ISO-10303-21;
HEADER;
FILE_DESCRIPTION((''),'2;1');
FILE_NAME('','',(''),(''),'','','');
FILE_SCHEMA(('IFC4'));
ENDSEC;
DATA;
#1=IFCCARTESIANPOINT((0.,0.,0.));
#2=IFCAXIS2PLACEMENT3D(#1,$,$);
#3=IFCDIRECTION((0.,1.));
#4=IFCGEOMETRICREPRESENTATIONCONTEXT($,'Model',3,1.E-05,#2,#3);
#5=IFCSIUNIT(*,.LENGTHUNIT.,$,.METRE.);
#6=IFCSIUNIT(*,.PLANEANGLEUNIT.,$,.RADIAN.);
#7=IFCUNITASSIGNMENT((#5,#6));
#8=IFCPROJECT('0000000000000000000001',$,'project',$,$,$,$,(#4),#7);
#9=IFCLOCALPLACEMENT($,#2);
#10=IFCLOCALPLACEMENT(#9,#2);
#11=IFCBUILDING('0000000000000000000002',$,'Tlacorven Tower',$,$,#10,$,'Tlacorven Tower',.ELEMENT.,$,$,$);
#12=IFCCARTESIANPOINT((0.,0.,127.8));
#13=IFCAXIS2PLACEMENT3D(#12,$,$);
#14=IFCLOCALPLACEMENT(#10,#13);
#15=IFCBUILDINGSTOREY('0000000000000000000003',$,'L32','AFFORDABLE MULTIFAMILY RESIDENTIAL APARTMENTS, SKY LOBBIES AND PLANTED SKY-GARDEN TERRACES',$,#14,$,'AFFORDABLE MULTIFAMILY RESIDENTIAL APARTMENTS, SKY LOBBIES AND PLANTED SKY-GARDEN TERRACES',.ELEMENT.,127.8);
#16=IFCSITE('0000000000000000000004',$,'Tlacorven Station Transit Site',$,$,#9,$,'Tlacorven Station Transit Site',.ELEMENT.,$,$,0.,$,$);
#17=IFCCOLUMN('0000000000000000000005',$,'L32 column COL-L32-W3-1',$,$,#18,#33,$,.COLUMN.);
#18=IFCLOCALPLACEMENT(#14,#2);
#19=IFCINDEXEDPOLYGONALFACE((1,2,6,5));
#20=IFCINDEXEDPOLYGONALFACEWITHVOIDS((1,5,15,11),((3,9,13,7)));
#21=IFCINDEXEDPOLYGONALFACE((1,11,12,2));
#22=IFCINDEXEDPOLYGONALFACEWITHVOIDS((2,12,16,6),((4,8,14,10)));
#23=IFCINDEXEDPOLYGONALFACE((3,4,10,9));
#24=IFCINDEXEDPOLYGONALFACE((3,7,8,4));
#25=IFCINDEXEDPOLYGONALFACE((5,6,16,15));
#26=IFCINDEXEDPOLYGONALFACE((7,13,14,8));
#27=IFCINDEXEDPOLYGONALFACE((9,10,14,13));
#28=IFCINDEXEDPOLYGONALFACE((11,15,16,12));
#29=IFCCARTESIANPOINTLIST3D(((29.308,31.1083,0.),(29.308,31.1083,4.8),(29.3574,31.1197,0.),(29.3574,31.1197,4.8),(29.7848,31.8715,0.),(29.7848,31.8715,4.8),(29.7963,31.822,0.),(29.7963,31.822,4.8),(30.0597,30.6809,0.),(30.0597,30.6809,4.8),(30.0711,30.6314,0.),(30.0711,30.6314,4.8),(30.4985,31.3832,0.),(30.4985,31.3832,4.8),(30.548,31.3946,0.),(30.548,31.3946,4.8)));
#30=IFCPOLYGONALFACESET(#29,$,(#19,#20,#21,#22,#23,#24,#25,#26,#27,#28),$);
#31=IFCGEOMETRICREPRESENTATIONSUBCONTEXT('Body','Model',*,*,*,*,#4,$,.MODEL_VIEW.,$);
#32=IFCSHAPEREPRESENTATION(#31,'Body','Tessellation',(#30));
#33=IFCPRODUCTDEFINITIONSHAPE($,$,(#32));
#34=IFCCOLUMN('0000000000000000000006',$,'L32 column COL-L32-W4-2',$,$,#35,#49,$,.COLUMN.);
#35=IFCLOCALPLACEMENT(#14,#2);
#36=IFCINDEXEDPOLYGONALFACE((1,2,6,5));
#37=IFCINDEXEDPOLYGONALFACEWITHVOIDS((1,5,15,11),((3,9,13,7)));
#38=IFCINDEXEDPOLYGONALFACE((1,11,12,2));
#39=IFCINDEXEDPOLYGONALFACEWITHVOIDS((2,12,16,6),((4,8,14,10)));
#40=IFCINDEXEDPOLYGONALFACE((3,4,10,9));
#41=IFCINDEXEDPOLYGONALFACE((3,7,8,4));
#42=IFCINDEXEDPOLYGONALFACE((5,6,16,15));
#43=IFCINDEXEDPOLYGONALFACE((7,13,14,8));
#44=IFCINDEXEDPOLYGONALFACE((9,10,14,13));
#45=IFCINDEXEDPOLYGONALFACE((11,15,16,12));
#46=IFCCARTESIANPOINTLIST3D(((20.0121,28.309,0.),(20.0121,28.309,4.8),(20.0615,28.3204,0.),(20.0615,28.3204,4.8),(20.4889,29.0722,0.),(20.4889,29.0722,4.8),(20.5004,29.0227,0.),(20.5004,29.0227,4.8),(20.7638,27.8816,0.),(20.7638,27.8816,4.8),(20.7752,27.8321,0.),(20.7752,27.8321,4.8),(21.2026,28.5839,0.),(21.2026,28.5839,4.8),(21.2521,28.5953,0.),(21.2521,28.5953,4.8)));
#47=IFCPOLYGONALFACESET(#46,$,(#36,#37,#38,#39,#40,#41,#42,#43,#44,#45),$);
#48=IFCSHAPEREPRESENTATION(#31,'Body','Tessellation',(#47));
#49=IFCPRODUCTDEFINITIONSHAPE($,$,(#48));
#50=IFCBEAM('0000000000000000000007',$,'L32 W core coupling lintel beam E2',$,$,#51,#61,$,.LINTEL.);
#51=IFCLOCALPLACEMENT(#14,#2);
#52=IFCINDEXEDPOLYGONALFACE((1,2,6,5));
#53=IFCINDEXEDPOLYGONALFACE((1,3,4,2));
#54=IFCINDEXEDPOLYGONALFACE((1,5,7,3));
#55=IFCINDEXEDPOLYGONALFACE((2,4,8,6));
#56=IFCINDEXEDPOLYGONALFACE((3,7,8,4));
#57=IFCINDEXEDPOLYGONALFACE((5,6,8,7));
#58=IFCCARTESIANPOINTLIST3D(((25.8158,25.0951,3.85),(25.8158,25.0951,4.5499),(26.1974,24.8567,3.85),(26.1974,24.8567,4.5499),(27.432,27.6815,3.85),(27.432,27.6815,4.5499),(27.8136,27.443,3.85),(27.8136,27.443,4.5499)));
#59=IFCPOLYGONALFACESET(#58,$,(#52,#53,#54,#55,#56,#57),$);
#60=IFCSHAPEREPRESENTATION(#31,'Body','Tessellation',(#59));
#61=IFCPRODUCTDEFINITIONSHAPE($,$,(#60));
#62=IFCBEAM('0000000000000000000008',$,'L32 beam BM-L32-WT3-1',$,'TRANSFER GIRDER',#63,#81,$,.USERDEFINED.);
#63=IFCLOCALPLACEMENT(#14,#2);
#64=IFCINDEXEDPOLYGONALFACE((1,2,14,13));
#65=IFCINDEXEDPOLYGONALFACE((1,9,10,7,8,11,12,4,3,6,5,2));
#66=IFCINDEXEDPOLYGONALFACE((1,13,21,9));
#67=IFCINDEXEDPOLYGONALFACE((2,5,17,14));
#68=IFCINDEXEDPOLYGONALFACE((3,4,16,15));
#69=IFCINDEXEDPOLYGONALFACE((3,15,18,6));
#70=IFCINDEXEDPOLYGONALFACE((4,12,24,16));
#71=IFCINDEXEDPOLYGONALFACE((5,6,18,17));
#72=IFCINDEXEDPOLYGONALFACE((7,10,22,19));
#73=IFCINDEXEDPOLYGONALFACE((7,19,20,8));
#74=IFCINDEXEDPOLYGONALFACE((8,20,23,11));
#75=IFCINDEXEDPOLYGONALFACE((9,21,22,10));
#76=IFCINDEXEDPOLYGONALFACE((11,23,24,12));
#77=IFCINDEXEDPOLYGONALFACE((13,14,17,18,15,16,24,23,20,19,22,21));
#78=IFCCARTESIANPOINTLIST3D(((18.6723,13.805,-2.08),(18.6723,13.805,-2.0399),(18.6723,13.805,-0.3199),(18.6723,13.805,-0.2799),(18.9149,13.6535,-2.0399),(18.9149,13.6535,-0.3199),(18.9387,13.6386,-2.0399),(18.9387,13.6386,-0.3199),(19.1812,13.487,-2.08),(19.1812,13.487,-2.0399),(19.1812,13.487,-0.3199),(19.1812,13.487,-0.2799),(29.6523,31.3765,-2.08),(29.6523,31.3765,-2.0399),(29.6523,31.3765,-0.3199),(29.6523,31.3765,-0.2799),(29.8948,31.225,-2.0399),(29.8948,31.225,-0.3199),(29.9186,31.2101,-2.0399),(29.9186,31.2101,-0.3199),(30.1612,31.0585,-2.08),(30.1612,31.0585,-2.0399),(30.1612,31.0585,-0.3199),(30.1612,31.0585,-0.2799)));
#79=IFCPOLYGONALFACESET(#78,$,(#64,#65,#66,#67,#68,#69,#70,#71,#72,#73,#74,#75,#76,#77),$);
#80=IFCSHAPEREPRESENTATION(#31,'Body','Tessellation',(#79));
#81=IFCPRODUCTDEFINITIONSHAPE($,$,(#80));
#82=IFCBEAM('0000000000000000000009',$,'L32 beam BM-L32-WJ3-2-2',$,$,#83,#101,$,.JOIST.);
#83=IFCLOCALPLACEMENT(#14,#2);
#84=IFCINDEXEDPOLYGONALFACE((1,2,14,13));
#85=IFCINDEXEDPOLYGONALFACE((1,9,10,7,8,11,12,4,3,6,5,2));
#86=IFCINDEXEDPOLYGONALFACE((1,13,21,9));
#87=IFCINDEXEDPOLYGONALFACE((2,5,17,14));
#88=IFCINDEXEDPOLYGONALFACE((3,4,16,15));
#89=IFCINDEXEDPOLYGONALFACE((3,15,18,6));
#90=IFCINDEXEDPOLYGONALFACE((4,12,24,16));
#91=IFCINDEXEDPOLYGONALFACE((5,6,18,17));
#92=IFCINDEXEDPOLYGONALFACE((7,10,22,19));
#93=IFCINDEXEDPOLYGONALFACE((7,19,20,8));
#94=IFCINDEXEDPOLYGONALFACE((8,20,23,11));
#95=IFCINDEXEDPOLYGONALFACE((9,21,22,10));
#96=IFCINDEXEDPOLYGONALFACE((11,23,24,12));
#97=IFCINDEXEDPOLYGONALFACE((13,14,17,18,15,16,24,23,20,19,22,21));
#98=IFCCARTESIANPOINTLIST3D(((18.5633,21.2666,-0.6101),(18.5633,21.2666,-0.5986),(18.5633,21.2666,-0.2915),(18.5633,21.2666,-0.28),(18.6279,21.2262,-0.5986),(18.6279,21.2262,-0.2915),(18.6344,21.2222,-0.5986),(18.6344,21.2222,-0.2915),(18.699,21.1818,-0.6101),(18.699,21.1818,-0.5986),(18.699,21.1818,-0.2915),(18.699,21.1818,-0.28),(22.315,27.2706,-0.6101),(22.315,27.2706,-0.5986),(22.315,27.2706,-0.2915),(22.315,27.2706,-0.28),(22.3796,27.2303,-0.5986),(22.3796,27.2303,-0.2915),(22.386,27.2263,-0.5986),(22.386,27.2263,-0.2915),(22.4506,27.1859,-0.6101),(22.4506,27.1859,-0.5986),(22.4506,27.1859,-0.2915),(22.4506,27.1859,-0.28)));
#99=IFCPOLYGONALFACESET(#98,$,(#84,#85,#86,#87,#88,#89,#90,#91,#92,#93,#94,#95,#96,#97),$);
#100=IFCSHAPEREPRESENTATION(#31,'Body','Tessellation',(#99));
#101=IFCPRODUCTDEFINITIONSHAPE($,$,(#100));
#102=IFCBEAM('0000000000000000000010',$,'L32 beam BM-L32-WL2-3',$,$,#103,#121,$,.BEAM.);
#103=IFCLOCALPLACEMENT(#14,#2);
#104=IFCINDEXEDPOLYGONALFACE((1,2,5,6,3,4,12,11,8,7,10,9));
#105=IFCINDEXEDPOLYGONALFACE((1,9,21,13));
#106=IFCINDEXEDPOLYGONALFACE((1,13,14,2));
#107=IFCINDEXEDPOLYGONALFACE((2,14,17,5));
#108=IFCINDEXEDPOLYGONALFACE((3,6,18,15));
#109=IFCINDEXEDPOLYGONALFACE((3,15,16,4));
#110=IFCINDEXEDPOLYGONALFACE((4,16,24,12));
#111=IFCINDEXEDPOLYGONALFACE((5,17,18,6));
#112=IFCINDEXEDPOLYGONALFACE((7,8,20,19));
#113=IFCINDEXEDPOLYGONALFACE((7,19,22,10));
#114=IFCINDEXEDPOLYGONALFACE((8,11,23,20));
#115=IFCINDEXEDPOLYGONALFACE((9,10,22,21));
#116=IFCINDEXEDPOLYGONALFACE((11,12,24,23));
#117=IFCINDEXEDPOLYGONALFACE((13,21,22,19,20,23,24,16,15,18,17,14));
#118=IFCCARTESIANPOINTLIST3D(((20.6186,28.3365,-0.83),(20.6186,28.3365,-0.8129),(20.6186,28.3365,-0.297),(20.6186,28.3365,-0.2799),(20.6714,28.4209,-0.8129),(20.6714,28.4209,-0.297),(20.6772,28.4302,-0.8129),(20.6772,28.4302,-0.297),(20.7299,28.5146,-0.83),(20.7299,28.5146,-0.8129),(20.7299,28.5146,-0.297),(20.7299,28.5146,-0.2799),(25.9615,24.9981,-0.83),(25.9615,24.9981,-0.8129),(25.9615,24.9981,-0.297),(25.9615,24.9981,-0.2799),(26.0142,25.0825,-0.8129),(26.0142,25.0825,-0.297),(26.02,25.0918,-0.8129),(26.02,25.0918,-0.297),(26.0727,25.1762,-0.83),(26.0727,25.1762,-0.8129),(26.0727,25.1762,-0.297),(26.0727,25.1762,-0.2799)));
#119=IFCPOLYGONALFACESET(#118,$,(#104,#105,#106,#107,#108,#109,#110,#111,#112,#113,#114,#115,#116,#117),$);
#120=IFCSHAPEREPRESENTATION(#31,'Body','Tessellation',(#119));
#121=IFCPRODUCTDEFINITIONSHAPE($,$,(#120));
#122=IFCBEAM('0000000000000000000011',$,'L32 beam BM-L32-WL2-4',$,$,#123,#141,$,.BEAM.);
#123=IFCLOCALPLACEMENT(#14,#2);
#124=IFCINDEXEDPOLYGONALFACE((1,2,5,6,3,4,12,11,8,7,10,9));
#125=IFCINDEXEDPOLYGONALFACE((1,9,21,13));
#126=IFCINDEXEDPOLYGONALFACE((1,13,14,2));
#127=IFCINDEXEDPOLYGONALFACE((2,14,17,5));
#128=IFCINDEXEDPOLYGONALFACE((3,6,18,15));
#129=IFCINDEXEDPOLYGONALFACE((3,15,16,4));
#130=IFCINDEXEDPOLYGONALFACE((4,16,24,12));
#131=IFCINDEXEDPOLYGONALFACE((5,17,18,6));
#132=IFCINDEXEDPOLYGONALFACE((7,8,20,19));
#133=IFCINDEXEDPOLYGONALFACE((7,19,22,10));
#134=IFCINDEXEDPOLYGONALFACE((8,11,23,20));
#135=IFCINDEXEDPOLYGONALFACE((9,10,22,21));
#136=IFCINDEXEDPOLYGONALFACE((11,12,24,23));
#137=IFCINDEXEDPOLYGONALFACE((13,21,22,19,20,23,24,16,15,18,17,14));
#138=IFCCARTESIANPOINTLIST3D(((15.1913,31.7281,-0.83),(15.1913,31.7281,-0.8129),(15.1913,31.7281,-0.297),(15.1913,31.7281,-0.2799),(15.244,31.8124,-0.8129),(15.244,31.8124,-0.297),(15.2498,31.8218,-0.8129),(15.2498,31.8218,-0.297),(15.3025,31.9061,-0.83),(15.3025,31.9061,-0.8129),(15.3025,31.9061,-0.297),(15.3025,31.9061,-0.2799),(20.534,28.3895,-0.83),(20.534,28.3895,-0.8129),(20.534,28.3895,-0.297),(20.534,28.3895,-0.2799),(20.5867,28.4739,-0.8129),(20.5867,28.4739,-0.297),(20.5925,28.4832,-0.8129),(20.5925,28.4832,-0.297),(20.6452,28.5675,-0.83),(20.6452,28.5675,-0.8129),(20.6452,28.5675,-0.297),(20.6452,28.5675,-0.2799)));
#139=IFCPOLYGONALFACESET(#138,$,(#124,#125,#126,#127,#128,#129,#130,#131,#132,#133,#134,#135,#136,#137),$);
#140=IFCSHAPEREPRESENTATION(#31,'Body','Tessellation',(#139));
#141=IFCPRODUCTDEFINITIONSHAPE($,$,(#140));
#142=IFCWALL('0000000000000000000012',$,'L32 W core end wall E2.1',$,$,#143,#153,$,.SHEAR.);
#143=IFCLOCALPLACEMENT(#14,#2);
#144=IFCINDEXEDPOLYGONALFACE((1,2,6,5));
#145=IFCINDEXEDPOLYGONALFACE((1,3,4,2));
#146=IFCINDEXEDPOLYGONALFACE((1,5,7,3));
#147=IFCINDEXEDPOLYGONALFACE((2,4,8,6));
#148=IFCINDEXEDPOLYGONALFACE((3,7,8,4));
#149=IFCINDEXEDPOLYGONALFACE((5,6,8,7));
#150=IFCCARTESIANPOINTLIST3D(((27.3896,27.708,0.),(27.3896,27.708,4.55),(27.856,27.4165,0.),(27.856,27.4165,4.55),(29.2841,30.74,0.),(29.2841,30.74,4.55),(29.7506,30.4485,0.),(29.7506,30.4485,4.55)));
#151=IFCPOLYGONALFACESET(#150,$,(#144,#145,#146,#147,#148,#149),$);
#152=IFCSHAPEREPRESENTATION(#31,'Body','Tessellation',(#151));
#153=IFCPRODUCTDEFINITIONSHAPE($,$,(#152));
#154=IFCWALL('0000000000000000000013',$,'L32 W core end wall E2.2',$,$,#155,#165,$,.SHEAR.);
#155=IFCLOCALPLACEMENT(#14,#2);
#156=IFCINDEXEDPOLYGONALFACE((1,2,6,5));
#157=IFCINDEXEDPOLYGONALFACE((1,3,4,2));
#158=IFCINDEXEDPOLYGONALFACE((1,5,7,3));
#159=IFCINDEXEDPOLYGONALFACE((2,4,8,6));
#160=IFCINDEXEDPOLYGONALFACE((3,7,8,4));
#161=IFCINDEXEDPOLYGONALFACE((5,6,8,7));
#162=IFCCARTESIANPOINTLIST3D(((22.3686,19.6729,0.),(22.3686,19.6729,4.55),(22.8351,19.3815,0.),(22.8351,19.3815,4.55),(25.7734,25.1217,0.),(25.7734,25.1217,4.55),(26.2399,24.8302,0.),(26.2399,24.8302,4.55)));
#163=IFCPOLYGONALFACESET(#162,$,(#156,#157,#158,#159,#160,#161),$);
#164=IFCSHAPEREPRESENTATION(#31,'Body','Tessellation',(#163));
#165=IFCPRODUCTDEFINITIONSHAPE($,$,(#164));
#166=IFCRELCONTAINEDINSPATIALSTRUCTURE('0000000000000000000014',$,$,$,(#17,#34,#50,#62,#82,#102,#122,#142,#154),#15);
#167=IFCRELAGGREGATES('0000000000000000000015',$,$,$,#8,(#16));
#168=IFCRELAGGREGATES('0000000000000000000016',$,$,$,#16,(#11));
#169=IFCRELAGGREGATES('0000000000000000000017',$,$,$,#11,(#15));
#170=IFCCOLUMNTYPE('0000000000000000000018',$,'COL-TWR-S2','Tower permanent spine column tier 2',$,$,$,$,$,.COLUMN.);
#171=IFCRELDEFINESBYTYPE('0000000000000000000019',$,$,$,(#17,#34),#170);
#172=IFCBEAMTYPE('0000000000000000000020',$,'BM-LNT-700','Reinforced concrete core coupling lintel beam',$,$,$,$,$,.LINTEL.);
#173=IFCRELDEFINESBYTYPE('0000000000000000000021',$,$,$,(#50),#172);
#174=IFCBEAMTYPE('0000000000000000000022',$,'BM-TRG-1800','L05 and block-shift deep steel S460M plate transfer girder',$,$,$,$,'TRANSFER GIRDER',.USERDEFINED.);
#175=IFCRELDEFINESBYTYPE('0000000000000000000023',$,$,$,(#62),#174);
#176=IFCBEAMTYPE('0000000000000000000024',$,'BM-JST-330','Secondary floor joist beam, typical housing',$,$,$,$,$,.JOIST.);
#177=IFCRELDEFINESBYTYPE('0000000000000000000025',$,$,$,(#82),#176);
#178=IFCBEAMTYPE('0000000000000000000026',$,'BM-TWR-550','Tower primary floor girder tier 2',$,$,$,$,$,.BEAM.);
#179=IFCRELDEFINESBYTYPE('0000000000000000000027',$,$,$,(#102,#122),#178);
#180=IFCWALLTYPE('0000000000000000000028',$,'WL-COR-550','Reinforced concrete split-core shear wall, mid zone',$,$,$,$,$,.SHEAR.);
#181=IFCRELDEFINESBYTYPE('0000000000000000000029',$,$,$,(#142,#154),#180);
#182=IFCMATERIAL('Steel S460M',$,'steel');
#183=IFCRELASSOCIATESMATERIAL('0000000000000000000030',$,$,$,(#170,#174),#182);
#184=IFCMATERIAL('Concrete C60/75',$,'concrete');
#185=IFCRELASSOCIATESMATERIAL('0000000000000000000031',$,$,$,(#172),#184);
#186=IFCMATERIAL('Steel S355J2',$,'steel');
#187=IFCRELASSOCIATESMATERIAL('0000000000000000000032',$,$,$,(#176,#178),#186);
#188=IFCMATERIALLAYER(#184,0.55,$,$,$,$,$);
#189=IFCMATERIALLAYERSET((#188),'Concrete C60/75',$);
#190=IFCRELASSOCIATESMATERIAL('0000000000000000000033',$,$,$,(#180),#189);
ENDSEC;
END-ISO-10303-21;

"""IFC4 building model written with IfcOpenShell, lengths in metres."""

from ifc_helpers import new_model, si_unit, direction, frame, frame_2d, origin, origin_2d, place, context, subcontext, project, spatial, rectangle, hollow_rectangle, i_section, extrude, source, transform, mapped, material, layer, layer_set, material_profile, profile_set, type_object, element, save


model = new_model("IFC4")

# Units and contexts
model_context = context("Model", 3, precision=1e-05, world=origin(), true_north=direction((0.0, 1.0)))
body_context = subcontext(model_context, "Body", "Model", "MODEL_VIEW")
ifc_project = project(units=[si_unit("LENGTHUNIT", "METRE"), si_unit("PLANEANGLEUNIT", "RADIAN")], contexts=[model_context])

# Site, building, storey
site_placement = place(None, origin())
site = spatial("IfcSite", under=ifc_project, at=site_placement, Name="Tlacorven Station Transit Site", LongName="Tlacorven Station Transit Site", CompositionType="ELEMENT", RefElevation=0.0)
building_placement = place(site_placement, origin())
building = spatial("IfcBuilding", under=site, at=building_placement, Name="Tlacorven Tower", LongName="Tlacorven Tower", CompositionType="ELEMENT")
storey_placement = place(building_placement, frame((0.0, 0.0, 127.8)))
storey = spatial("IfcBuildingStorey", under=building, at=storey_placement, Name="L32", Description="AFFORDABLE MULTIFAMILY RESIDENTIAL APARTMENTS, SKY LOBBIES AND PLANTED SKY-GARDEN TERRACES", LongName="AFFORDABLE MULTIFAMILY RESIDENTIAL APARTMENTS, SKY LOBBIES AND PLANTED SKY-GARDEN TERRACES", CompositionType="ELEMENT", Elevation=127.8)

# Columns
ifc_material_1 = material(Name="Steel S460M", Category="steel")
ifc_material_profile_1 = material_profile(ifc_material_1, hollow_rectangle(XDim=0.8999, YDim=0.8999, WallThickness=0.0359, at=origin_2d()), Name="BOX 900X900X36")
ifc_profile_set_1 = profile_set([ifc_material_profile_1], Name="Steel S460M")
column_type = type_object("IfcColumnType", Name="COL-TWR-S2", Description="Tower permanent spine column tier 2", PredefinedType="COLUMN", material=ifc_profile_set_1)
shared_shape_1 = source(origin(), body_context, "Body", "SweptSolid", [
    extrude(hollow_rectangle(XDim=0.8999, YDim=0.8999, WallThickness=0.0359, at=origin_2d()), origin(), (0.0, 0.0, 1.0), 4.8),
])
for number, where, z_axis, x_axis, name in (
    (1, (29.928, 31.2515, 0.0), (0.0, 0.0, 1.0), (-0.848048, 0.529919, 0.0), "L32 column COL-L32-W3-1"),
    (2, (20.6321, 28.4521, 0.0), (0.0, 0.0, 1.0), (-0.848048, 0.529919, 0.0), "L32 column COL-L32-W4-2"),
):
    element("IfcColumn", number, at=place(storey_placement, frame(where, z_axis=z_axis, x_axis=x_axis)), inside=storey, type_object=column_type, Name=name, PredefinedType="COLUMN", context=body_context, shape_type="MappedRepresentation", body=[
        mapped(shared_shape_1, transform((0.0, 0.0, 0.0), scale=1.0)),
    ])

# Beams
ifc_material_2 = material(Name="Concrete C60/75", Category="concrete")
ifc_material_profile_2 = material_profile(ifc_material_2, rectangle(XDim=0.45, YDim=0.7, at=origin_2d()), Name="RC 450X700")
ifc_profile_set_2 = profile_set([ifc_material_profile_2], Name="Concrete C60/75")
beam_type_1 = type_object("IfcBeamType", Name="BM-LNT-700", Description="Reinforced concrete core coupling lintel beam", PredefinedType="LINTEL", material=ifc_profile_set_2)
shared_shape_2 = source(origin(), body_context, "Body", "SweptSolid", [
    extrude(rectangle(XDim=0.45, YDim=0.7, at=origin_2d()), origin(), (0.0, 0.0, 1.0), 3.0498),
])
beam_1_placement = place(storey_placement, frame((27.6228, 27.5623, 4.2), z_axis=(-0.529927, -0.848043, 0.0), x_axis=(0.848043, -0.529927, 0.0)))
element("IfcBeam", 3, at=beam_1_placement, inside=storey, type_object=beam_type_1, Name="L32 W core coupling lintel beam E2", PredefinedType="LINTEL", context=body_context, shape_type="MappedRepresentation", body=[
    mapped(shared_shape_2, transform((0.0, 0.0, 0.0), scale=1.0)),
])
ifc_material_profile_3 = material_profile(ifc_material_1, i_section(OverallWidth=0.6001, OverallDepth=1.8, WebThickness=0.0281, FlangeThickness=0.04, at=origin_2d()), Name="PG 1800X600X28X40")
ifc_profile_set_3 = profile_set([ifc_material_profile_3], Name="Steel S460M")
beam_type_2 = type_object("IfcBeamType", Name="BM-TRG-1800", Description="L05 and block-shift deep steel S460M plate transfer girder", ElementType="TRANSFER GIRDER", PredefinedType="USERDEFINED", material=ifc_profile_set_3)
shared_shape_3 = source(origin(), body_context, "Body", "SweptSolid", [
    extrude(i_section(OverallWidth=0.6001, OverallDepth=1.8, WebThickness=0.0281, FlangeThickness=0.04, at=origin_2d()), origin(), (0.0, 0.0, 1.0), 20.72),
])
beam_2_placement = place(storey_placement, frame((29.9067, 31.2175, -1.1799), z_axis=(-0.529922, -0.848047, 0.0), x_axis=(0.848047, -0.529922, 0.0)))
element("IfcBeam", 4, at=beam_2_placement, inside=storey, type_object=beam_type_2, Name="L32 beam BM-L32-WT3-1", ObjectType="TRANSFER GIRDER", PredefinedType="USERDEFINED", context=body_context, shape_type="MappedRepresentation", body=[
    mapped(shared_shape_3, transform((0.0, 0.0, 0.0), scale=1.0)),
])
ifc_material_3 = material(Name="Steel S355J2", Category="steel")
ifc_material_profile_4 = material_profile(ifc_material_3, i_section(OverallWidth=0.1599, OverallDepth=0.3301, WebThickness=0.0076, FlangeThickness=0.0115, at=origin_2d()), Name="IPE 330")
ifc_profile_set_4 = profile_set([ifc_material_profile_4], Name="Steel S355J2")
beam_type_3 = type_object("IfcBeamType", Name="BM-JST-330", Description="Secondary floor joist beam, typical housing", PredefinedType="JOIST", material=ifc_profile_set_4)
shared_shape_4 = source(origin(), body_context, "Body", "SweptSolid", [
    extrude(i_section(OverallWidth=0.1599, OverallDepth=0.3301, WebThickness=0.0076, FlangeThickness=0.0115, at=origin_2d()), origin(), (0.0, 0.0, 1.0), 7.0798),
])
beam_3_placement = place(storey_placement, frame((22.3828, 27.2283, -0.4451), z_axis=(-0.529909, -0.848054, 0.0), x_axis=(0.848054, -0.529909, 0.0)))
element("IfcBeam", 5, at=beam_3_placement, inside=storey, type_object=beam_type_3, Name="L32 beam BM-L32-WJ3-2-2", PredefinedType="JOIST", context=body_context, shape_type="MappedRepresentation", body=[
    mapped(shared_shape_4, transform((0.0, 0.0, 0.0), scale=1.0)),
])
ifc_material_profile_5 = material_profile(ifc_material_3, i_section(OverallWidth=0.21, OverallDepth=0.55, WebThickness=0.011, FlangeThickness=0.0171, at=origin_2d()), Name="IPE 550")
ifc_profile_set_5 = profile_set([ifc_material_profile_5], Name="Steel S355J2")
beam_type_4 = type_object("IfcBeamType", Name="BM-TWR-550", Description="Tower primary floor girder tier 2", PredefinedType="BEAM", material=ifc_profile_set_5)
shared_shape_5 = source(origin(), body_context, "Body", "SweptSolid", [
    extrude(i_section(OverallWidth=0.21, OverallDepth=0.55, WebThickness=0.011, FlangeThickness=0.0171, at=origin_2d()), origin(), (0.0, 0.0, 1.0), 6.3),
])
for number, where, z_axis, x_axis, name in (
    (6, (26.0171, 25.0872, -0.5549), (-0.848059, 0.529901, 0.0), (-0.529901, -0.848059, 0.0), "L32 beam BM-L32-WL2-3"),
    (7, (20.5896, 28.4785, -0.5549), (-0.848042, 0.529929, 0.0), (-0.529929, -0.848042, 0.0), "L32 beam BM-L32-WL2-4"),
):
    element("IfcBeam", number, at=place(storey_placement, frame(where, z_axis=z_axis, x_axis=x_axis)), inside=storey, type_object=beam_type_4, Name=name, PredefinedType="BEAM", context=body_context, shape_type="MappedRepresentation", body=[
        mapped(shared_shape_5, transform((0.0, 0.0, 0.0), scale=1.0)),
    ])

# Walls
ifc_layer_1 = layer(ifc_material_2, 0.55)
ifc_layer_set_1 = layer_set([ifc_layer_1], Name="Concrete C60/75")
wall_type_1 = type_object("IfcWallType", Name="WL-COR-550", Description="Reinforced concrete split-core shear wall, mid zone", PredefinedType="SHEAR", material=ifc_layer_set_1)
wall_1_placement = place(storey_placement, frame((29.5173, 30.5942, 0.0), z_axis=(0.0, 0.0, 1.0), x_axis=(-0.529907, -0.848056, 0.0)))
element("IfcWall", 8, at=wall_1_placement, inside=storey, type_object=wall_type_1, Name="L32 W core end wall E2.1", PredefinedType="SHEAR", context=body_context, shape_type="SweptSolid", body=[
    extrude(rectangle(XDim=3.5752, YDim=0.55, at=frame_2d((1.7876, 0.0))), origin(), (0.0, 0.0, 1.0), 4.55),
])
wall_2_placement = place(storey_placement, frame((26.0066, 24.9758, 0.0), z_axis=(0.0, 0.0, 1.0), x_axis=(-0.529924, -0.848045, 0.0)))
element("IfcWall", 9, at=wall_2_placement, inside=storey, type_object=wall_type_1, Name="L32 W core end wall E2.2", PredefinedType="SHEAR", context=body_context, shape_type="SweptSolid", body=[
    extrude(rectangle(XDim=6.425, YDim=0.55, at=frame_2d((3.2124, 0.0))), origin(), (0.0, 0.0, 1.0), 4.55),
])

save(model, "model.ifc")
